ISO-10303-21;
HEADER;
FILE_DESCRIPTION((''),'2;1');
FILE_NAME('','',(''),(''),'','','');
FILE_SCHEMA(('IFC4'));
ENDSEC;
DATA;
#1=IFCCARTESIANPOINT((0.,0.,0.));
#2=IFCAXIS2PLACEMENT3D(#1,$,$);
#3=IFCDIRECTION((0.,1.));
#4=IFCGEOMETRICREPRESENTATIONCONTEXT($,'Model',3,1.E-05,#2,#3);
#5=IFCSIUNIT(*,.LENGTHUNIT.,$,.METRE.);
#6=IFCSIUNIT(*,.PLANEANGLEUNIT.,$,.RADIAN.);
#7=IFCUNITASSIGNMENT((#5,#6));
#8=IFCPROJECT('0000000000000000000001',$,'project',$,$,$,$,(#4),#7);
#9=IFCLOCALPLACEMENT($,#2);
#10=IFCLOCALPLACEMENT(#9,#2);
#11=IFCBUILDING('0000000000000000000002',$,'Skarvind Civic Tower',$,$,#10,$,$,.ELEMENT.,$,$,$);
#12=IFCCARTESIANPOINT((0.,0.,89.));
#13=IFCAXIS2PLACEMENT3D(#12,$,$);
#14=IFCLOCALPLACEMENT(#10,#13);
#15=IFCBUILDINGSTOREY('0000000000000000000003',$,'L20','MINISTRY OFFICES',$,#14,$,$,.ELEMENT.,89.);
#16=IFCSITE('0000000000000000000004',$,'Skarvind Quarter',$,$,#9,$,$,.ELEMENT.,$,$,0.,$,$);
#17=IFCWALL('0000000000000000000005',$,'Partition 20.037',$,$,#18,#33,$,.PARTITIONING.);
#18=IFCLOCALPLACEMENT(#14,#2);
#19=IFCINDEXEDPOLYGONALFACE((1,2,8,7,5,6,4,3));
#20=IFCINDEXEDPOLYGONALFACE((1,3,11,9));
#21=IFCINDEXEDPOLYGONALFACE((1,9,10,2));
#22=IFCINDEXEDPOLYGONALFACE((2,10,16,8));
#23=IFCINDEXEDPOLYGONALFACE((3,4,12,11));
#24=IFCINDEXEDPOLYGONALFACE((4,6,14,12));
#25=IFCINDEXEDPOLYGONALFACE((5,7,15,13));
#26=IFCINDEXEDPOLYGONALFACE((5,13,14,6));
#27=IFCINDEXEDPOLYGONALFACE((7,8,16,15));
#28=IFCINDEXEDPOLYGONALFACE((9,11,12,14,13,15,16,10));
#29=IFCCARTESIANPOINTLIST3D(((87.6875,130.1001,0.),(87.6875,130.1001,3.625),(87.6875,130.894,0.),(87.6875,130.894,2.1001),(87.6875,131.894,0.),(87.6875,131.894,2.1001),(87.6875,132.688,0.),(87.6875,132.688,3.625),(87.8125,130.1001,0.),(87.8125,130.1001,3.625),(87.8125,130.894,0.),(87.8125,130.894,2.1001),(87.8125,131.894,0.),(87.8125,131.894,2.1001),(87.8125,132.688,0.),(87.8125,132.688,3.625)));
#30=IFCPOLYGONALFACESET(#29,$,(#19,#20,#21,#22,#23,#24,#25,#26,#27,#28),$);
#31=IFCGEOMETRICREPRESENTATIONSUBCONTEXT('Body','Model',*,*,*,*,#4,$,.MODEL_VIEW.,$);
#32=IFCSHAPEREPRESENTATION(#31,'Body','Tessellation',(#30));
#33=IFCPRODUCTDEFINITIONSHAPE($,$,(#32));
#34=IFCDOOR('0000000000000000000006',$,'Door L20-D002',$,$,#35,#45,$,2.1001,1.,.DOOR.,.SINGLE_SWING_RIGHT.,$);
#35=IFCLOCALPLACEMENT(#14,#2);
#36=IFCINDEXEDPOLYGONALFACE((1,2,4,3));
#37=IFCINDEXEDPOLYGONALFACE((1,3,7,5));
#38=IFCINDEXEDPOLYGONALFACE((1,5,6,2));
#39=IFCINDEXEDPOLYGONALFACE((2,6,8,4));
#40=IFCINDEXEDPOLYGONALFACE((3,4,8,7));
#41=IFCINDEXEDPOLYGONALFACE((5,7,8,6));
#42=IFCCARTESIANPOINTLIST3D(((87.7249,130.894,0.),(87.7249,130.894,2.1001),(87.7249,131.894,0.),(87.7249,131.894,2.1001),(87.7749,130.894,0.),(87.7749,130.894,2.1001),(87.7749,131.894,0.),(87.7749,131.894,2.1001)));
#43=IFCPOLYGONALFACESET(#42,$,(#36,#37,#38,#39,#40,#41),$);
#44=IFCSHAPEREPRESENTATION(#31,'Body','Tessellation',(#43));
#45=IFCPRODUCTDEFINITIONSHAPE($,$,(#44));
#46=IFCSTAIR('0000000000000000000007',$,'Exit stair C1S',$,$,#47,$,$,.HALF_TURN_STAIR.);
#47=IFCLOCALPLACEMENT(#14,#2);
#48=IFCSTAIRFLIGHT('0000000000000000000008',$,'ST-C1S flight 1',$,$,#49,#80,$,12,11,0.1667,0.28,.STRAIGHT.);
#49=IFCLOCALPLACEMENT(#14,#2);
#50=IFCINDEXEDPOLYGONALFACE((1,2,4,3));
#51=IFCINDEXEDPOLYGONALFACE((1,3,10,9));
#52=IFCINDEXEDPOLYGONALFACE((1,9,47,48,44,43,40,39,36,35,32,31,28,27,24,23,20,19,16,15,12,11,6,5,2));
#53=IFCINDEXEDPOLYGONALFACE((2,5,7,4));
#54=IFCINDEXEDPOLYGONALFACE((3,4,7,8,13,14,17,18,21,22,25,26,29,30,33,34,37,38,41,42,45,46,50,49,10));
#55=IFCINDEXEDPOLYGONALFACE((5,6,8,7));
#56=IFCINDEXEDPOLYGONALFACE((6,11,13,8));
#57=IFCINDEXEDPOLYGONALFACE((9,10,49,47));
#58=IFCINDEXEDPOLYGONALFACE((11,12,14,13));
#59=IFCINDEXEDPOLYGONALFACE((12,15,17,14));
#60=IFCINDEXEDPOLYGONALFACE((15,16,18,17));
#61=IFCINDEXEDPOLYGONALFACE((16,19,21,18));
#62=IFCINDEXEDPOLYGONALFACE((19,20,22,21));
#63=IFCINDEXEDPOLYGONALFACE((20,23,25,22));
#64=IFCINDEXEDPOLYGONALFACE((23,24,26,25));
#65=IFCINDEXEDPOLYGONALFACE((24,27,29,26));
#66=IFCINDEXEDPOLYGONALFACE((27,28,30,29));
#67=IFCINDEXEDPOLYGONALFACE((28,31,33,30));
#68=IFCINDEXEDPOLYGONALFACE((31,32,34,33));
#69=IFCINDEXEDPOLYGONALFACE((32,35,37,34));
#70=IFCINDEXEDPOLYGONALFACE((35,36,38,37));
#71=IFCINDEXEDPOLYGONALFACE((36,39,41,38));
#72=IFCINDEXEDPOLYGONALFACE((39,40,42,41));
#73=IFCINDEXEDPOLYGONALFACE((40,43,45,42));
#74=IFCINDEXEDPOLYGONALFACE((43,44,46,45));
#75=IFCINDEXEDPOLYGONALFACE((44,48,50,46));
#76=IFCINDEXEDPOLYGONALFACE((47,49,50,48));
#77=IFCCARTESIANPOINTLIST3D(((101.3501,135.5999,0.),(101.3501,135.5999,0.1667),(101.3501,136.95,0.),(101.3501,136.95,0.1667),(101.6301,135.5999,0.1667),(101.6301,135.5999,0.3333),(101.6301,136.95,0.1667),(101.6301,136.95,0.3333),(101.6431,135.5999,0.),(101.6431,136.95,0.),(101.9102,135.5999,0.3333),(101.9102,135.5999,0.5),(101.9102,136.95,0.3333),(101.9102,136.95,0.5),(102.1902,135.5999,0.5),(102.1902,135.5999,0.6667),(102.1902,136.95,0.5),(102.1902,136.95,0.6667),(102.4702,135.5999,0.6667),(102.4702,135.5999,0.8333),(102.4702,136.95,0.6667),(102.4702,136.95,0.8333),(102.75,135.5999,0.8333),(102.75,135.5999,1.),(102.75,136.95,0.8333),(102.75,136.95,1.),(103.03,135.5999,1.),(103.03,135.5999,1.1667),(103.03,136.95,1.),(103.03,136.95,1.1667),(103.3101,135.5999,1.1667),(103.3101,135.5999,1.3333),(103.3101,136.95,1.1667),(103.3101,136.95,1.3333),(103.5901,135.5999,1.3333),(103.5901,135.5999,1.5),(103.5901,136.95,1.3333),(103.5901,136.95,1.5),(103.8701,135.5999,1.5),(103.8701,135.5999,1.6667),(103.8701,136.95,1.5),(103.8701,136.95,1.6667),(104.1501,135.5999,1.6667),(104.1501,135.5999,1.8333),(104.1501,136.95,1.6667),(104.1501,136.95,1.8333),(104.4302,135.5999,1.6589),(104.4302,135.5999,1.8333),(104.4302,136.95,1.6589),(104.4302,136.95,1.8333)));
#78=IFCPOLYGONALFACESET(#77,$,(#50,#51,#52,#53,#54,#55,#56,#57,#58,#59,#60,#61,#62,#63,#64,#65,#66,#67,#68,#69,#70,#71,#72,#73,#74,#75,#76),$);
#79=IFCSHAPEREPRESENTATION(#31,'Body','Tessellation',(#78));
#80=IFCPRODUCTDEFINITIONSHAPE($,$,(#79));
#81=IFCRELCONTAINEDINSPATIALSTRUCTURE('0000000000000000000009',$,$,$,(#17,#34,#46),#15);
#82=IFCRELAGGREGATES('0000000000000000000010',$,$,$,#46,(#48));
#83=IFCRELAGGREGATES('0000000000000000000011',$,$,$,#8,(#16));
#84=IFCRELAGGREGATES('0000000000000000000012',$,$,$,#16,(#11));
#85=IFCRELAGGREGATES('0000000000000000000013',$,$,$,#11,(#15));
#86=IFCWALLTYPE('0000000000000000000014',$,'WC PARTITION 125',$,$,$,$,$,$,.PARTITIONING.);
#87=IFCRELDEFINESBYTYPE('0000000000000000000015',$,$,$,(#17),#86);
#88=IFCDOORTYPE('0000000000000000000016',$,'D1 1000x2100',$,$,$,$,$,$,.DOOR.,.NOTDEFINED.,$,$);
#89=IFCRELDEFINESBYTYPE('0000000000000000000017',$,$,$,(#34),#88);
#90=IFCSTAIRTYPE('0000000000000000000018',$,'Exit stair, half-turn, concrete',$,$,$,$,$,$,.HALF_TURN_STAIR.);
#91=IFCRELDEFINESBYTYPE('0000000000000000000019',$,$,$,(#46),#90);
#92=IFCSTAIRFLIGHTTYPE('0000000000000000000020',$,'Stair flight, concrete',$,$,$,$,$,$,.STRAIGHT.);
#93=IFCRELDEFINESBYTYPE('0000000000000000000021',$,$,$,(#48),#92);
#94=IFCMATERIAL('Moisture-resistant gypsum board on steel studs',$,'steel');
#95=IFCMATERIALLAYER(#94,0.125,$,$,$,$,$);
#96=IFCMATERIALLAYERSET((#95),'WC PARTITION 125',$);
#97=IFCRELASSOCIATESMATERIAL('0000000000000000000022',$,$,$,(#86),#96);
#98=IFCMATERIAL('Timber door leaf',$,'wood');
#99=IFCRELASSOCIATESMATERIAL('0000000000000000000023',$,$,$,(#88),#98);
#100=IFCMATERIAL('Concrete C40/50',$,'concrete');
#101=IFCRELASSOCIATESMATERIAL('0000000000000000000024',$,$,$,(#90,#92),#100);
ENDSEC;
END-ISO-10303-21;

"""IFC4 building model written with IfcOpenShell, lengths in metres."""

from ifc_helpers import new_model, si_unit, direction, frame, frame_2d, origin, place, context, subcontext, project, spatial, polyline, rectangle, outline, extrude, material, layer, layer_set, type_object, element, fill, aggregate, save


model = new_model("IFC4")

# Units and contexts
model_context = context("Model", 3, precision=1e-05, world=origin(), true_north=direction((0.0, 1.0)))
body_context = subcontext(model_context, "Body", "Model", "MODEL_VIEW")
ifc_project = project(units=[si_unit("LENGTHUNIT", "METRE"), si_unit("PLANEANGLEUNIT", "RADIAN")], contexts=[model_context])

# Site, building, storey
site_placement = place(None, origin())
site = spatial("IfcSite", under=ifc_project, at=site_placement, Name="Skarvind Quarter", CompositionType="ELEMENT", RefElevation=0.0)
building_placement = place(site_placement, origin())
building = spatial("IfcBuilding", under=site, at=building_placement, Name="Skarvind Civic Tower", CompositionType="ELEMENT")
storey_placement = place(building_placement, frame((0.0, 0.0, 89.0)))
storey = spatial("IfcBuildingStorey", under=building, at=storey_placement, Name="L20", Description="MINISTRY OFFICES", CompositionType="ELEMENT", Elevation=89.0)

# Shared definitions
ifc_material_1 = material(Name="Moisture-resistant gypsum board on steel studs", Category="steel")
ifc_layer_1 = layer(ifc_material_1, 0.125)
ifc_layer_set_1 = layer_set([ifc_layer_1], Name="WC PARTITION 125")
wall_type_1 = type_object("IfcWallType", Name="WC PARTITION 125", PredefinedType="PARTITIONING", material=ifc_layer_set_1)

# Wall, opening, door
wall_1_placement = place(storey_placement, frame((87.75, 132.688, 0.0), z_axis=(0.0, 0.0, 1.0), x_axis=(0.0, -1.0, 0.0)))
wall_1 = element("IfcWall", 1, at=wall_1_placement, inside=storey, type_object=wall_type_1, Name="Partition 20.037", PredefinedType="PARTITIONING", context=body_context, shape_type="SweptSolid", body=[
    extrude(rectangle(XDim=2.5879, YDim=0.125, at=frame_2d((1.2939, 0.0))), origin(), (0.0, 0.0, 1.0), 3.625),
])
opening_1_placement = place(wall_1_placement, frame((0.7939, 0.0, 0.0)))
opening_1 = element("IfcOpeningElement", 2, at=opening_1_placement, cuts=wall_1, PredefinedType="OPENING", context=body_context, shape_type="SweptSolid", body=[
    extrude(rectangle(XDim=1.0, YDim=2.1001, at=frame_2d((0.5, 1.05))), frame((0.0, 0.0725, 0.0), z_axis=(0.0, -1.0, 0.0), x_axis=(1.0, 0.0, 0.0)), (0.0, 0.0, 1.0), 0.145),
])
ifc_material_2 = material(Name="Timber door leaf", Category="wood")
door_type_1 = type_object("IfcDoorType", Name="D1 1000x2100", OperationType="NOTDEFINED", PredefinedType="DOOR", material=ifc_material_2)
door_1_placement = place(opening_1_placement, origin())
door_1 = element("IfcDoor", 3, at=door_1_placement, inside=storey, type_object=door_type_1, Name="Door L20-D002", OperationType="SINGLE_SWING_RIGHT", OverallHeight=2.1001, OverallWidth=1.0, PredefinedType="DOOR", context=body_context, shape_type="SweptSolid", body=[
    extrude(rectangle(XDim=1.0, YDim=2.1001, at=frame_2d((0.5, 1.05))), frame((0.0, 0.0249, 0.0), z_axis=(0.0, -1.0, 0.0), x_axis=(1.0, 0.0, 0.0)), (0.0, 0.0, 1.0), 0.05),
])
fill(opening_1, door_1)

# Stair, stair flight
ifc_material_3 = material(Name="Concrete C40/50", Category="concrete")
stair_type = type_object("IfcStairType", Name="Exit stair, half-turn, concrete", PredefinedType="HALF_TURN_STAIR", material=ifc_material_3)
stair_placement = place(storey_placement, origin())
stair = element("IfcStair", 4, at=stair_placement, inside=storey, type_object=stair_type, Name="Exit stair C1S", PredefinedType="HALF_TURN_STAIR")
stair_flight_type = type_object("IfcStairFlightType", Name="Stair flight, concrete", PredefinedType="STRAIGHT", material=ifc_material_3)
stair_flight_placement = place(storey_placement, frame((101.3501, 136.2749, 0.0), z_axis=(0.0, 0.0, 1.0), x_axis=(1.0, 0.0, 0.0)))
stair_flight = element("IfcStairFlight", 5, at=stair_flight_placement, type_object=stair_flight_type, Name="ST-C1S flight 1", NumberOfRisers=12, NumberOfTreads=11, PredefinedType="STRAIGHT", RiserHeight=0.1667, TreadLength=0.28, context=body_context, shape_type="SweptSolid", body=[
    extrude(outline(polyline([(0.0, 0.0), (0.0, 0.1667), (0.28, 0.1667), (0.28, 0.3333), (0.5601, 0.3333), (0.5601, 0.5), (0.8401, 0.5), (0.8401, 0.6667), (1.1201, 0.6667), (1.1201, 0.8333), (1.3999, 0.8333), (1.3999, 1.0), (1.6799, 1.0), (1.6799, 1.1667), (1.96, 1.1667), (1.96, 1.3333), (2.24, 1.3333), (2.24, 1.5), (2.52, 1.5), (2.52, 1.6667), (2.8, 1.6667), (2.8, 1.8333), (3.0801, 1.8333), (3.0801, 2.0), (3.0801, 1.6589), (0.293, 0.0), (0.0, 0.0)])), frame((0.0, 0.675, 0.0), z_axis=(0.0, -1.0, 0.0), x_axis=(1.0, 0.0, 0.0)), (0.0, 0.0, 1.0), 1.3501),
])
aggregate(stair, [stair_flight])

save(model, "model.ifc")
